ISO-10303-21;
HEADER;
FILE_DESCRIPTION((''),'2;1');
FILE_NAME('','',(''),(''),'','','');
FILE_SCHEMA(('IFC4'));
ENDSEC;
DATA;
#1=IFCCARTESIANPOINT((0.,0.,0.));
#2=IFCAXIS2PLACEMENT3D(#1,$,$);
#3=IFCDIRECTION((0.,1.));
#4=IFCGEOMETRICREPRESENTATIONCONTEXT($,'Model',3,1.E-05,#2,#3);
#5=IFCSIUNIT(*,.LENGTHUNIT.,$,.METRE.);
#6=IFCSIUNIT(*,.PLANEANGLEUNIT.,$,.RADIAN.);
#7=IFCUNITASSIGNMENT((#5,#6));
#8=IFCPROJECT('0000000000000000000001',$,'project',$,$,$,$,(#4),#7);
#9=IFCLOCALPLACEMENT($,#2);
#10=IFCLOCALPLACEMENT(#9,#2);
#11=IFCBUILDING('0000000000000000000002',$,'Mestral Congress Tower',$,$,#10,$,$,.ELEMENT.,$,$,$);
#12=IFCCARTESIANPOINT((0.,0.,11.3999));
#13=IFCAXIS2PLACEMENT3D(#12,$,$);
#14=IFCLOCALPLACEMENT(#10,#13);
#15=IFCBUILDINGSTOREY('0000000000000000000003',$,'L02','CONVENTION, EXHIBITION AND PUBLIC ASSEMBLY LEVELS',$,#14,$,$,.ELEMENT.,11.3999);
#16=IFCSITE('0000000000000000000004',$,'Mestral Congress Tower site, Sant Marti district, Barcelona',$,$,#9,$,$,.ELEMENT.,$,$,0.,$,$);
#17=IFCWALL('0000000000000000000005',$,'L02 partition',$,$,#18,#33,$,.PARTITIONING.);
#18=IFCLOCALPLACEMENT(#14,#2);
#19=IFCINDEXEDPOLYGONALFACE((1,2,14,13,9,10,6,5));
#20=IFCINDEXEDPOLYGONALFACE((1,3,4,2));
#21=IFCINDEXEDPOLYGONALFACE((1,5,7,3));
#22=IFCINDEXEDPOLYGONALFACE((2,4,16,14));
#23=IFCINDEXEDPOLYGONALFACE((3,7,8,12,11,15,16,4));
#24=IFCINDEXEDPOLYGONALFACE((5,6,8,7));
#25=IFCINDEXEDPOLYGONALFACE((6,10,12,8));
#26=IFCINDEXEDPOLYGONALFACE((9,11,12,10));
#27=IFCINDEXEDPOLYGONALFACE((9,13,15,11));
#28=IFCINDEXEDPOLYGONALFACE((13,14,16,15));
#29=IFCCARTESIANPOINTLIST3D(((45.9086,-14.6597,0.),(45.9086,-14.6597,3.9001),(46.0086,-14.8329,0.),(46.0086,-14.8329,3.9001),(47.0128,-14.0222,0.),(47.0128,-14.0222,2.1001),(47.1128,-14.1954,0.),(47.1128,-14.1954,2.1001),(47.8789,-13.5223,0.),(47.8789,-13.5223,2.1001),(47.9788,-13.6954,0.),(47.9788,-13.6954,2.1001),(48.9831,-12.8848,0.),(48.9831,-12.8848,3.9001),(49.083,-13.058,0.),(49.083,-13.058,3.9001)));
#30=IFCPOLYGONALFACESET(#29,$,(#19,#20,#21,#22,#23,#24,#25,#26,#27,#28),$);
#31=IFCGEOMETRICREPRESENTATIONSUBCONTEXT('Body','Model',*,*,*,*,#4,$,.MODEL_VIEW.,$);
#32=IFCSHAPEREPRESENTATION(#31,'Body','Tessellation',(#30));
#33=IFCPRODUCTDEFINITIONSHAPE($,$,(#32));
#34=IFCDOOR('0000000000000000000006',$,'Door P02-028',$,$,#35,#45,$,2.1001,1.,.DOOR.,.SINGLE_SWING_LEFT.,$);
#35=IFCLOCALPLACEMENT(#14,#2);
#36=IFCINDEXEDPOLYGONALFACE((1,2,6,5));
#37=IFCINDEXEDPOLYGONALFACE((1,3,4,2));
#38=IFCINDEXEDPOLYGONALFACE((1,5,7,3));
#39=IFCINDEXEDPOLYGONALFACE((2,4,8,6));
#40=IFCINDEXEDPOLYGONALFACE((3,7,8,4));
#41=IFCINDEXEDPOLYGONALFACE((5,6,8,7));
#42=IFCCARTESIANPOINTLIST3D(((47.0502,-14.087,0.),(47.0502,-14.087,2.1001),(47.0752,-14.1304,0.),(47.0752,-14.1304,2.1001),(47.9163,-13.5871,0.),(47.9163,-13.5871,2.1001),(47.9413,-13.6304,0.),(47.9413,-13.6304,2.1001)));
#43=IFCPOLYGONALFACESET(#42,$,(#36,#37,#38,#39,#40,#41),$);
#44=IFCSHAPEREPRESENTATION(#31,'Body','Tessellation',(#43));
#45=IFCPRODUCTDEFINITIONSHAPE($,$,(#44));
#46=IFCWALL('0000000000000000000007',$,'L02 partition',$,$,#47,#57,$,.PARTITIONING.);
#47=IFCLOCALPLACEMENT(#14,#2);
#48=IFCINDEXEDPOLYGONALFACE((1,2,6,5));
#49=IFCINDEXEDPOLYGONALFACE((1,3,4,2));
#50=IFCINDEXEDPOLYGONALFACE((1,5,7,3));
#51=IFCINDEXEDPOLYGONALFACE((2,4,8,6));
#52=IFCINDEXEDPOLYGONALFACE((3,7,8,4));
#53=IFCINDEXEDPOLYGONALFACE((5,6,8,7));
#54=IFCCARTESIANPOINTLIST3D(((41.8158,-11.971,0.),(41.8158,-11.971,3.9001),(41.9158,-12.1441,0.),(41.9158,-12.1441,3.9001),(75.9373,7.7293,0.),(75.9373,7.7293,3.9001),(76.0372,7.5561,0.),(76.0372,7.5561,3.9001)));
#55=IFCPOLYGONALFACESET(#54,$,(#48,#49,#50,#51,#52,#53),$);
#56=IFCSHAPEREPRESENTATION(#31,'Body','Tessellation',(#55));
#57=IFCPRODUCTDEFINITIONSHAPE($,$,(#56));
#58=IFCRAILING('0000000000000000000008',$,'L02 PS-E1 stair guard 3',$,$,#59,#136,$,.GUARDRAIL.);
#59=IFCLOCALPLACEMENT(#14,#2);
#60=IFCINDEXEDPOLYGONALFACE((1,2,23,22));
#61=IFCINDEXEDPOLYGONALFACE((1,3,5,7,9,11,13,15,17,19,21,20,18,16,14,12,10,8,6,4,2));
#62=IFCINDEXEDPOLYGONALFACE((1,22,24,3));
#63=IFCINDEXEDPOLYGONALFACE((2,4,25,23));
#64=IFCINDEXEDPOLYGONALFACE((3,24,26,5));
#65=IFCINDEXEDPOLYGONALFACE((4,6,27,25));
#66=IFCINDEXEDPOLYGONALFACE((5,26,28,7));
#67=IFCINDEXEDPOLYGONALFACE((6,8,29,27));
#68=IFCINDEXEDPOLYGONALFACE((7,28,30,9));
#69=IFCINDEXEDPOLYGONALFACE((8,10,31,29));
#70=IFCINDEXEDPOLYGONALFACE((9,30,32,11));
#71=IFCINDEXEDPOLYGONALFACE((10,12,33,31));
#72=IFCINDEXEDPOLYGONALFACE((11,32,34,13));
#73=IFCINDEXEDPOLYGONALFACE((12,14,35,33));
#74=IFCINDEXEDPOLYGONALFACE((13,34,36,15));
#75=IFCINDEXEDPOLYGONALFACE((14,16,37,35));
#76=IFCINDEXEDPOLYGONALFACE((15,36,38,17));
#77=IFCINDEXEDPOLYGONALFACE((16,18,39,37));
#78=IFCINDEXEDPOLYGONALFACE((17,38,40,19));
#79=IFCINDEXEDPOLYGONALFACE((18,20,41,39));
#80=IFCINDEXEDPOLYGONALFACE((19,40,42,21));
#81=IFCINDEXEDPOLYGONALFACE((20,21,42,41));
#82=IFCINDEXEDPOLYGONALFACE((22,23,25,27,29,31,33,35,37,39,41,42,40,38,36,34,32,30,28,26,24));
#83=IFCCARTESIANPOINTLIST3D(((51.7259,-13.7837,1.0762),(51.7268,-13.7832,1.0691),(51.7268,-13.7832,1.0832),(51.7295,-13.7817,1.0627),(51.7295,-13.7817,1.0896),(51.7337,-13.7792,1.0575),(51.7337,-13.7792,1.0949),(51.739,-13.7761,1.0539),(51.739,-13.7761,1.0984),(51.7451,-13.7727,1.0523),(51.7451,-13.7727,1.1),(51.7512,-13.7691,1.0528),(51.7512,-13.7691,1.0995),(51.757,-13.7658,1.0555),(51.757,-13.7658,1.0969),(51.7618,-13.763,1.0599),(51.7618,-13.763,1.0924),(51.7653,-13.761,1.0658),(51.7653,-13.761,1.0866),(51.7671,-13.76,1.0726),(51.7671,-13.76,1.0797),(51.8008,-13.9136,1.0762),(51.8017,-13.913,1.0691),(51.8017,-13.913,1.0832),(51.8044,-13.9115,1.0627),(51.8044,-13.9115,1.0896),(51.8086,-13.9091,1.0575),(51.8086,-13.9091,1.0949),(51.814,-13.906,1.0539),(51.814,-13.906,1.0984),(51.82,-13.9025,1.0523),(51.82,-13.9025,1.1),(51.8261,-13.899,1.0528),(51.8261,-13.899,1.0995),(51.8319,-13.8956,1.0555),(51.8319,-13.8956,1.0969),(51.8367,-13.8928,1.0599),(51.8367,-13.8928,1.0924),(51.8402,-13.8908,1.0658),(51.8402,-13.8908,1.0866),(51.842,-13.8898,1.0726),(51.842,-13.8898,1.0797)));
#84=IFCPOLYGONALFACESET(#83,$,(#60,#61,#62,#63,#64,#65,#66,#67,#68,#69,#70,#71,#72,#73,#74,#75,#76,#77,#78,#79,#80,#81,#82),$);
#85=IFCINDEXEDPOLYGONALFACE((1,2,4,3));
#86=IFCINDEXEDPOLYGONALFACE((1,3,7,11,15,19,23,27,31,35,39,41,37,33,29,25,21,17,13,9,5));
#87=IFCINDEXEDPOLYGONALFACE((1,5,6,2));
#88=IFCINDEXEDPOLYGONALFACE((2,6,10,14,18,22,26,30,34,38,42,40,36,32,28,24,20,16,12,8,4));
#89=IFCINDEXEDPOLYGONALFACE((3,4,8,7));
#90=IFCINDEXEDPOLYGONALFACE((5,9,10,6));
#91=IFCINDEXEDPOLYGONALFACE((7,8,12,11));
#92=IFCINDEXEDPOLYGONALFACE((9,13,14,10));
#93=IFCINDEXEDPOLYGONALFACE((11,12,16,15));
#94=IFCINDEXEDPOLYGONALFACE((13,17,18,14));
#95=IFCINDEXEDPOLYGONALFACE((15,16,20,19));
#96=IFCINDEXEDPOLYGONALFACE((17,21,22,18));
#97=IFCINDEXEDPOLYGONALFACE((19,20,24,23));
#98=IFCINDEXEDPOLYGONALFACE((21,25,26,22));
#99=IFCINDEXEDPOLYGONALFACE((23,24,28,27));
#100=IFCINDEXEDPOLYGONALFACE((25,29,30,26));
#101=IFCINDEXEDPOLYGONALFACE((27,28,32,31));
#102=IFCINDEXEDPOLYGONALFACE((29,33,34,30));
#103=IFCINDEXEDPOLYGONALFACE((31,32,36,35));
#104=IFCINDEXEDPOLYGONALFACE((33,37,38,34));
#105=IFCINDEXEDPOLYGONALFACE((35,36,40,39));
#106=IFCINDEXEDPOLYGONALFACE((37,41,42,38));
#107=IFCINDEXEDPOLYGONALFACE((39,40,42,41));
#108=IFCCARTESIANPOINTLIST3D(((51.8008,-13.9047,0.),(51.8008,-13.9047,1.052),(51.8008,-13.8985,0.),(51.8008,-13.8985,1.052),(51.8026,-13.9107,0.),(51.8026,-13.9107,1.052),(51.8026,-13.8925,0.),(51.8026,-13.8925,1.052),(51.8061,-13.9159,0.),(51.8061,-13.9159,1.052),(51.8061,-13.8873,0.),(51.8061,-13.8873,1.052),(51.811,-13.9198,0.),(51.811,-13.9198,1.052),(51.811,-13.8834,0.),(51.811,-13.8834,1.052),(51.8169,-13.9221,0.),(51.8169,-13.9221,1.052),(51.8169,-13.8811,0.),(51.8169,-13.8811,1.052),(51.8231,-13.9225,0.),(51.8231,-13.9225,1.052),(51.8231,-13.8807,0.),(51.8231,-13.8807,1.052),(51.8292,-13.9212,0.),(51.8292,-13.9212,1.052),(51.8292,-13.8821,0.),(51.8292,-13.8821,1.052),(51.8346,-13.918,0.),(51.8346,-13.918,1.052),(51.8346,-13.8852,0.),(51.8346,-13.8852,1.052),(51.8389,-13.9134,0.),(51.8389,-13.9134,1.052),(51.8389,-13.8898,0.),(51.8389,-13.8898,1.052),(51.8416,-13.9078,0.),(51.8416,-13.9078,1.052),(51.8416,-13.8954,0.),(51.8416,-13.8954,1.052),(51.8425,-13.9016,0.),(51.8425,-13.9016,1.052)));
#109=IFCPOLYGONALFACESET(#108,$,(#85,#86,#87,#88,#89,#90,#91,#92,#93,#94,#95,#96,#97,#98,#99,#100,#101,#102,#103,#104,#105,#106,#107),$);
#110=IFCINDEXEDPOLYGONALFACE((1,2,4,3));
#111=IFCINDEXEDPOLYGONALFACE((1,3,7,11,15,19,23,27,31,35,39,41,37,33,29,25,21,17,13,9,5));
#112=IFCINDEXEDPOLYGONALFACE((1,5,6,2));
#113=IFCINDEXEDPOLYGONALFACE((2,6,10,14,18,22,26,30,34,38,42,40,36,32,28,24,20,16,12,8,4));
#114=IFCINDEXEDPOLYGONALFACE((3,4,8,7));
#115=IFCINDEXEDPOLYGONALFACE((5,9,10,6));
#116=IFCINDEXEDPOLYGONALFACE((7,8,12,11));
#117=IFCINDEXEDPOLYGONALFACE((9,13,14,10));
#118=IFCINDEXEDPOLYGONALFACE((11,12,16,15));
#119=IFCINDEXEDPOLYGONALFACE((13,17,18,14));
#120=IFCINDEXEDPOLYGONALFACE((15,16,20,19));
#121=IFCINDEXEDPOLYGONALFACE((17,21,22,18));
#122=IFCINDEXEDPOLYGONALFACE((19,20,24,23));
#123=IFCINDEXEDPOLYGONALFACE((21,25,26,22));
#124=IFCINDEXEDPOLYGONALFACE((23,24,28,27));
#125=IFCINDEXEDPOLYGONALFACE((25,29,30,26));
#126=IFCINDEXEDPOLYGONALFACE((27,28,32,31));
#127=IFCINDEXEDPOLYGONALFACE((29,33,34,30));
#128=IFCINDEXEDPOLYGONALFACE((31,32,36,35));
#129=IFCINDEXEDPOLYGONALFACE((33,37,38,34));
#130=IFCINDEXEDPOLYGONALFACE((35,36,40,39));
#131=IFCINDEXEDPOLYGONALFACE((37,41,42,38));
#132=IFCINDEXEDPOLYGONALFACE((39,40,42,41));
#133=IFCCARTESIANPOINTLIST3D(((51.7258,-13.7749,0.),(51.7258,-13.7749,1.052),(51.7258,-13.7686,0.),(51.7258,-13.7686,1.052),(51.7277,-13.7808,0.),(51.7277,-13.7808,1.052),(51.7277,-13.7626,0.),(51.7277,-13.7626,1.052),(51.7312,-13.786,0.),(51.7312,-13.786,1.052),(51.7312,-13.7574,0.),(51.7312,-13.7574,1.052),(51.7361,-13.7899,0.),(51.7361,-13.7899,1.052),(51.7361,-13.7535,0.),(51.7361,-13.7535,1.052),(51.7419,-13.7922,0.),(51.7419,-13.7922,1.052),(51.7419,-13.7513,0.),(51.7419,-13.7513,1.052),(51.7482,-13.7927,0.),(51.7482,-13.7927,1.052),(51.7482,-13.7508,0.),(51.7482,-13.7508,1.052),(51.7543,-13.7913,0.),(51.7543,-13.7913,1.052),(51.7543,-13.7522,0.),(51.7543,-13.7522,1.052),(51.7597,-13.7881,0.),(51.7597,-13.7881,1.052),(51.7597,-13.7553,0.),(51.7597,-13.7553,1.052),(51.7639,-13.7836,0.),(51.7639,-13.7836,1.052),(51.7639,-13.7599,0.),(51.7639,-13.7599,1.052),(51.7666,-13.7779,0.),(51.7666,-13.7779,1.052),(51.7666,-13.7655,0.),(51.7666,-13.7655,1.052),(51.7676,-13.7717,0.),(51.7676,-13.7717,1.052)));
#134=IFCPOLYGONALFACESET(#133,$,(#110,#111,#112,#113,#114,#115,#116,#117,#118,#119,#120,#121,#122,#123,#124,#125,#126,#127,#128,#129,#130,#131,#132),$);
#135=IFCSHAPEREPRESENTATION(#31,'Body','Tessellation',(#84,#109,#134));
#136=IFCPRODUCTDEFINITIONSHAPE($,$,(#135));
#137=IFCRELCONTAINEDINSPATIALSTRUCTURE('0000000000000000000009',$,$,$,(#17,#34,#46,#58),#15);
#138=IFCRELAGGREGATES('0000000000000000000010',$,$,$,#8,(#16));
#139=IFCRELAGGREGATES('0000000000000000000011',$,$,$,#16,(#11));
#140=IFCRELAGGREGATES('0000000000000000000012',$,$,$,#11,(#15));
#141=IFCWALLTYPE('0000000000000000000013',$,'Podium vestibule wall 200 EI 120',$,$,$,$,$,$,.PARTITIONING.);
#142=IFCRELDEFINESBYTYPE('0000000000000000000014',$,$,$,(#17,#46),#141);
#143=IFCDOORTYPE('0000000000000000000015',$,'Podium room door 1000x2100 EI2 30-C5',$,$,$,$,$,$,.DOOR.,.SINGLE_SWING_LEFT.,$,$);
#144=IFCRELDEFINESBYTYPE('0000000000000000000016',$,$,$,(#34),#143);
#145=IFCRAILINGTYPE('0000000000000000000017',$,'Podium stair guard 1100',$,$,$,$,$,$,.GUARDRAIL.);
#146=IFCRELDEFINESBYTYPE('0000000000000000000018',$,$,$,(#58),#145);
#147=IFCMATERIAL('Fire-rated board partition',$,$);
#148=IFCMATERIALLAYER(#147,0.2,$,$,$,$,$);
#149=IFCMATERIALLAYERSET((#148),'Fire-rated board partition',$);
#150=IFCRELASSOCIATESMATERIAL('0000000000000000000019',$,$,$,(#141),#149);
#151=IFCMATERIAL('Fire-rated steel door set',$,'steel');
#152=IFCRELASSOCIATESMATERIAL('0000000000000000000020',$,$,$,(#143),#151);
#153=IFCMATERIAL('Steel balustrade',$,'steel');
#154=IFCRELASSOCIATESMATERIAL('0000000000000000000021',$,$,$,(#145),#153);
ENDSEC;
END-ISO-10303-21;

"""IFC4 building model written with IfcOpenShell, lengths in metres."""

from ifc_helpers import new_model, si_unit, direction, frame, frame_2d, origin, origin_2d, place, context, subcontext, project, spatial, rectangle, circle, extrude, material, layer, layer_set, type_object, element, fill, save


model = new_model("IFC4")

# Units and contexts
model_context = context("Model", 3, precision=1e-05, world=origin(), true_north=direction((0.0, 1.0)))
body_context = subcontext(model_context, "Body", "Model", "MODEL_VIEW")
ifc_project = project(units=[si_unit("LENGTHUNIT", "METRE"), si_unit("PLANEANGLEUNIT", "RADIAN")], contexts=[model_context])

# Site, building, storey
site_placement = place(None, origin())
site = spatial("IfcSite", under=ifc_project, at=site_placement, Name="Mestral Congress Tower site, Sant Marti district, Barcelona", CompositionType="ELEMENT", RefElevation=0.0)
building_placement = place(site_placement, origin())
building = spatial("IfcBuilding", under=site, at=building_placement, Name="Mestral Congress Tower", CompositionType="ELEMENT")
storey_placement = place(building_placement, frame((0.0, 0.0, 11.3999)))
storey = spatial("IfcBuildingStorey", under=building, at=storey_placement, Name="L02", Description="CONVENTION, EXHIBITION AND PUBLIC ASSEMBLY LEVELS", CompositionType="ELEMENT", Elevation=11.3999)

# Shared definitions
ifc_material_1 = material(Name="Fire-rated steel door set", Category="steel")

# Shared definitions
ifc_material_2 = material(Name="Fire-rated board partition")
ifc_layer_1 = layer(ifc_material_2, 0.2)
ifc_layer_set_1 = layer_set([ifc_layer_1], Name="Fire-rated board partition")
wall_type_1 = type_object("IfcWallType", Name="Podium vestibule wall 200 EI 120", PredefinedType="PARTITIONING", material=ifc_layer_set_1)

# Shared definitions
door_type_1 = type_object("IfcDoorType", Name="Podium room door 1000x2100 EI2 30-C5", OperationType="SINGLE_SWING_LEFT", PredefinedType="DOOR", material=ifc_material_1)

# Wall, opening, door
wall_1_placement = place(storey_placement, frame((49.033, -12.9714, 0.0), z_axis=(0.0, 0.0, 1.0), x_axis=(-0.866042, -0.49997, 0.0)))
wall_1 = element("IfcWall", 1, at=wall_1_placement, inside=storey, type_object=wall_type_1, Name="L02 partition", PredefinedType="PARTITIONING", context=body_context, shape_type="SweptSolid", body=[
    extrude(rectangle(XDim=3.55, YDim=0.2, at=frame_2d((1.7749, 0.0))), origin(), (0.0, 0.0, 1.0), 3.9001),
])
opening_1_placement = place(wall_1_placement, frame((1.2749, 0.0, 0.0)))
opening_1 = element("IfcOpeningElement", 2, at=opening_1_placement, cuts=wall_1, PredefinedType="OPENING", context=body_context, shape_type="SweptSolid", body=[
    extrude(rectangle(XDim=1.0, YDim=2.1001, at=frame_2d((0.5, 1.05))), frame((0.0, 0.1099, 0.0), z_axis=(0.0, -1.0, 0.0), x_axis=(1.0, 0.0, 0.0)), (0.0, 0.0, 1.0), 0.22),
])
door_1_placement = place(opening_1_placement, origin())
door_1 = element("IfcDoor", 3, at=door_1_placement, inside=storey, type_object=door_type_1, Name="Door P02-028", OperationType="SINGLE_SWING_LEFT", OverallHeight=2.1001, OverallWidth=1.0, PredefinedType="DOOR", context=body_context, shape_type="SweptSolid", body=[
    extrude(rectangle(XDim=1.0, YDim=2.1001, at=frame_2d((0.5, 1.05))), frame((0.0, 0.0249, 0.0), z_axis=(0.0, -1.0, 0.0), x_axis=(1.0, 0.0, 0.0)), (0.0, 0.0, 1.0), 0.05),
])
fill(opening_1, door_1)

# Wall
wall_2_placement = place(storey_placement, frame((41.8657, -12.0576, 0.0), z_axis=(0.0, 0.0, 1.0), x_axis=(0.866023, 0.500004, 0.0)))
element("IfcWall", 4, at=wall_2_placement, inside=storey, type_object=wall_type_1, Name="L02 partition", PredefinedType="PARTITIONING", context=body_context, shape_type="SweptSolid", body=[
    extrude(rectangle(XDim=39.4001, YDim=0.2, at=frame_2d((19.7002, 0.0))), origin(), (0.0, 0.0, 1.0), 3.9001),
])

# Railing
ifc_material_3 = material(Name="Steel balustrade", Category="steel")
railing_type = type_object("IfcRailingType", Name="Podium stair guard 1100", PredefinedType="GUARDRAIL", material=ifc_material_3)
railing_placement = place(storey_placement, frame((51.8215, -13.9016, 0.0)))
element("IfcRailing", 5, at=railing_placement, inside=storey, type_object=railing_type, Name="L02 PS-E1 stair guard 3", PredefinedType="GUARDRAIL", context=body_context, shape_type="SweptSolid", body=[
    extrude(circle(Radius=0.0239, at=origin_2d()), frame((0.0, 0.0, 1.0762), z_axis=(-0.499816, 0.866131, 0.0), x_axis=(-0.866131, -0.499816, 0.0)), (0.0, 0.0, 1.0), 0.1499),
    extrude(circle(Radius=0.021, at=origin_2d()), origin(), (0.0, 0.0, 1.0), 1.052),
    extrude(circle(Radius=0.021, at=origin_2d()), frame((-0.075, 0.1299, 0.0)), (0.0, 0.0, 1.0), 1.052),
])

save(model, "model.ifc")
